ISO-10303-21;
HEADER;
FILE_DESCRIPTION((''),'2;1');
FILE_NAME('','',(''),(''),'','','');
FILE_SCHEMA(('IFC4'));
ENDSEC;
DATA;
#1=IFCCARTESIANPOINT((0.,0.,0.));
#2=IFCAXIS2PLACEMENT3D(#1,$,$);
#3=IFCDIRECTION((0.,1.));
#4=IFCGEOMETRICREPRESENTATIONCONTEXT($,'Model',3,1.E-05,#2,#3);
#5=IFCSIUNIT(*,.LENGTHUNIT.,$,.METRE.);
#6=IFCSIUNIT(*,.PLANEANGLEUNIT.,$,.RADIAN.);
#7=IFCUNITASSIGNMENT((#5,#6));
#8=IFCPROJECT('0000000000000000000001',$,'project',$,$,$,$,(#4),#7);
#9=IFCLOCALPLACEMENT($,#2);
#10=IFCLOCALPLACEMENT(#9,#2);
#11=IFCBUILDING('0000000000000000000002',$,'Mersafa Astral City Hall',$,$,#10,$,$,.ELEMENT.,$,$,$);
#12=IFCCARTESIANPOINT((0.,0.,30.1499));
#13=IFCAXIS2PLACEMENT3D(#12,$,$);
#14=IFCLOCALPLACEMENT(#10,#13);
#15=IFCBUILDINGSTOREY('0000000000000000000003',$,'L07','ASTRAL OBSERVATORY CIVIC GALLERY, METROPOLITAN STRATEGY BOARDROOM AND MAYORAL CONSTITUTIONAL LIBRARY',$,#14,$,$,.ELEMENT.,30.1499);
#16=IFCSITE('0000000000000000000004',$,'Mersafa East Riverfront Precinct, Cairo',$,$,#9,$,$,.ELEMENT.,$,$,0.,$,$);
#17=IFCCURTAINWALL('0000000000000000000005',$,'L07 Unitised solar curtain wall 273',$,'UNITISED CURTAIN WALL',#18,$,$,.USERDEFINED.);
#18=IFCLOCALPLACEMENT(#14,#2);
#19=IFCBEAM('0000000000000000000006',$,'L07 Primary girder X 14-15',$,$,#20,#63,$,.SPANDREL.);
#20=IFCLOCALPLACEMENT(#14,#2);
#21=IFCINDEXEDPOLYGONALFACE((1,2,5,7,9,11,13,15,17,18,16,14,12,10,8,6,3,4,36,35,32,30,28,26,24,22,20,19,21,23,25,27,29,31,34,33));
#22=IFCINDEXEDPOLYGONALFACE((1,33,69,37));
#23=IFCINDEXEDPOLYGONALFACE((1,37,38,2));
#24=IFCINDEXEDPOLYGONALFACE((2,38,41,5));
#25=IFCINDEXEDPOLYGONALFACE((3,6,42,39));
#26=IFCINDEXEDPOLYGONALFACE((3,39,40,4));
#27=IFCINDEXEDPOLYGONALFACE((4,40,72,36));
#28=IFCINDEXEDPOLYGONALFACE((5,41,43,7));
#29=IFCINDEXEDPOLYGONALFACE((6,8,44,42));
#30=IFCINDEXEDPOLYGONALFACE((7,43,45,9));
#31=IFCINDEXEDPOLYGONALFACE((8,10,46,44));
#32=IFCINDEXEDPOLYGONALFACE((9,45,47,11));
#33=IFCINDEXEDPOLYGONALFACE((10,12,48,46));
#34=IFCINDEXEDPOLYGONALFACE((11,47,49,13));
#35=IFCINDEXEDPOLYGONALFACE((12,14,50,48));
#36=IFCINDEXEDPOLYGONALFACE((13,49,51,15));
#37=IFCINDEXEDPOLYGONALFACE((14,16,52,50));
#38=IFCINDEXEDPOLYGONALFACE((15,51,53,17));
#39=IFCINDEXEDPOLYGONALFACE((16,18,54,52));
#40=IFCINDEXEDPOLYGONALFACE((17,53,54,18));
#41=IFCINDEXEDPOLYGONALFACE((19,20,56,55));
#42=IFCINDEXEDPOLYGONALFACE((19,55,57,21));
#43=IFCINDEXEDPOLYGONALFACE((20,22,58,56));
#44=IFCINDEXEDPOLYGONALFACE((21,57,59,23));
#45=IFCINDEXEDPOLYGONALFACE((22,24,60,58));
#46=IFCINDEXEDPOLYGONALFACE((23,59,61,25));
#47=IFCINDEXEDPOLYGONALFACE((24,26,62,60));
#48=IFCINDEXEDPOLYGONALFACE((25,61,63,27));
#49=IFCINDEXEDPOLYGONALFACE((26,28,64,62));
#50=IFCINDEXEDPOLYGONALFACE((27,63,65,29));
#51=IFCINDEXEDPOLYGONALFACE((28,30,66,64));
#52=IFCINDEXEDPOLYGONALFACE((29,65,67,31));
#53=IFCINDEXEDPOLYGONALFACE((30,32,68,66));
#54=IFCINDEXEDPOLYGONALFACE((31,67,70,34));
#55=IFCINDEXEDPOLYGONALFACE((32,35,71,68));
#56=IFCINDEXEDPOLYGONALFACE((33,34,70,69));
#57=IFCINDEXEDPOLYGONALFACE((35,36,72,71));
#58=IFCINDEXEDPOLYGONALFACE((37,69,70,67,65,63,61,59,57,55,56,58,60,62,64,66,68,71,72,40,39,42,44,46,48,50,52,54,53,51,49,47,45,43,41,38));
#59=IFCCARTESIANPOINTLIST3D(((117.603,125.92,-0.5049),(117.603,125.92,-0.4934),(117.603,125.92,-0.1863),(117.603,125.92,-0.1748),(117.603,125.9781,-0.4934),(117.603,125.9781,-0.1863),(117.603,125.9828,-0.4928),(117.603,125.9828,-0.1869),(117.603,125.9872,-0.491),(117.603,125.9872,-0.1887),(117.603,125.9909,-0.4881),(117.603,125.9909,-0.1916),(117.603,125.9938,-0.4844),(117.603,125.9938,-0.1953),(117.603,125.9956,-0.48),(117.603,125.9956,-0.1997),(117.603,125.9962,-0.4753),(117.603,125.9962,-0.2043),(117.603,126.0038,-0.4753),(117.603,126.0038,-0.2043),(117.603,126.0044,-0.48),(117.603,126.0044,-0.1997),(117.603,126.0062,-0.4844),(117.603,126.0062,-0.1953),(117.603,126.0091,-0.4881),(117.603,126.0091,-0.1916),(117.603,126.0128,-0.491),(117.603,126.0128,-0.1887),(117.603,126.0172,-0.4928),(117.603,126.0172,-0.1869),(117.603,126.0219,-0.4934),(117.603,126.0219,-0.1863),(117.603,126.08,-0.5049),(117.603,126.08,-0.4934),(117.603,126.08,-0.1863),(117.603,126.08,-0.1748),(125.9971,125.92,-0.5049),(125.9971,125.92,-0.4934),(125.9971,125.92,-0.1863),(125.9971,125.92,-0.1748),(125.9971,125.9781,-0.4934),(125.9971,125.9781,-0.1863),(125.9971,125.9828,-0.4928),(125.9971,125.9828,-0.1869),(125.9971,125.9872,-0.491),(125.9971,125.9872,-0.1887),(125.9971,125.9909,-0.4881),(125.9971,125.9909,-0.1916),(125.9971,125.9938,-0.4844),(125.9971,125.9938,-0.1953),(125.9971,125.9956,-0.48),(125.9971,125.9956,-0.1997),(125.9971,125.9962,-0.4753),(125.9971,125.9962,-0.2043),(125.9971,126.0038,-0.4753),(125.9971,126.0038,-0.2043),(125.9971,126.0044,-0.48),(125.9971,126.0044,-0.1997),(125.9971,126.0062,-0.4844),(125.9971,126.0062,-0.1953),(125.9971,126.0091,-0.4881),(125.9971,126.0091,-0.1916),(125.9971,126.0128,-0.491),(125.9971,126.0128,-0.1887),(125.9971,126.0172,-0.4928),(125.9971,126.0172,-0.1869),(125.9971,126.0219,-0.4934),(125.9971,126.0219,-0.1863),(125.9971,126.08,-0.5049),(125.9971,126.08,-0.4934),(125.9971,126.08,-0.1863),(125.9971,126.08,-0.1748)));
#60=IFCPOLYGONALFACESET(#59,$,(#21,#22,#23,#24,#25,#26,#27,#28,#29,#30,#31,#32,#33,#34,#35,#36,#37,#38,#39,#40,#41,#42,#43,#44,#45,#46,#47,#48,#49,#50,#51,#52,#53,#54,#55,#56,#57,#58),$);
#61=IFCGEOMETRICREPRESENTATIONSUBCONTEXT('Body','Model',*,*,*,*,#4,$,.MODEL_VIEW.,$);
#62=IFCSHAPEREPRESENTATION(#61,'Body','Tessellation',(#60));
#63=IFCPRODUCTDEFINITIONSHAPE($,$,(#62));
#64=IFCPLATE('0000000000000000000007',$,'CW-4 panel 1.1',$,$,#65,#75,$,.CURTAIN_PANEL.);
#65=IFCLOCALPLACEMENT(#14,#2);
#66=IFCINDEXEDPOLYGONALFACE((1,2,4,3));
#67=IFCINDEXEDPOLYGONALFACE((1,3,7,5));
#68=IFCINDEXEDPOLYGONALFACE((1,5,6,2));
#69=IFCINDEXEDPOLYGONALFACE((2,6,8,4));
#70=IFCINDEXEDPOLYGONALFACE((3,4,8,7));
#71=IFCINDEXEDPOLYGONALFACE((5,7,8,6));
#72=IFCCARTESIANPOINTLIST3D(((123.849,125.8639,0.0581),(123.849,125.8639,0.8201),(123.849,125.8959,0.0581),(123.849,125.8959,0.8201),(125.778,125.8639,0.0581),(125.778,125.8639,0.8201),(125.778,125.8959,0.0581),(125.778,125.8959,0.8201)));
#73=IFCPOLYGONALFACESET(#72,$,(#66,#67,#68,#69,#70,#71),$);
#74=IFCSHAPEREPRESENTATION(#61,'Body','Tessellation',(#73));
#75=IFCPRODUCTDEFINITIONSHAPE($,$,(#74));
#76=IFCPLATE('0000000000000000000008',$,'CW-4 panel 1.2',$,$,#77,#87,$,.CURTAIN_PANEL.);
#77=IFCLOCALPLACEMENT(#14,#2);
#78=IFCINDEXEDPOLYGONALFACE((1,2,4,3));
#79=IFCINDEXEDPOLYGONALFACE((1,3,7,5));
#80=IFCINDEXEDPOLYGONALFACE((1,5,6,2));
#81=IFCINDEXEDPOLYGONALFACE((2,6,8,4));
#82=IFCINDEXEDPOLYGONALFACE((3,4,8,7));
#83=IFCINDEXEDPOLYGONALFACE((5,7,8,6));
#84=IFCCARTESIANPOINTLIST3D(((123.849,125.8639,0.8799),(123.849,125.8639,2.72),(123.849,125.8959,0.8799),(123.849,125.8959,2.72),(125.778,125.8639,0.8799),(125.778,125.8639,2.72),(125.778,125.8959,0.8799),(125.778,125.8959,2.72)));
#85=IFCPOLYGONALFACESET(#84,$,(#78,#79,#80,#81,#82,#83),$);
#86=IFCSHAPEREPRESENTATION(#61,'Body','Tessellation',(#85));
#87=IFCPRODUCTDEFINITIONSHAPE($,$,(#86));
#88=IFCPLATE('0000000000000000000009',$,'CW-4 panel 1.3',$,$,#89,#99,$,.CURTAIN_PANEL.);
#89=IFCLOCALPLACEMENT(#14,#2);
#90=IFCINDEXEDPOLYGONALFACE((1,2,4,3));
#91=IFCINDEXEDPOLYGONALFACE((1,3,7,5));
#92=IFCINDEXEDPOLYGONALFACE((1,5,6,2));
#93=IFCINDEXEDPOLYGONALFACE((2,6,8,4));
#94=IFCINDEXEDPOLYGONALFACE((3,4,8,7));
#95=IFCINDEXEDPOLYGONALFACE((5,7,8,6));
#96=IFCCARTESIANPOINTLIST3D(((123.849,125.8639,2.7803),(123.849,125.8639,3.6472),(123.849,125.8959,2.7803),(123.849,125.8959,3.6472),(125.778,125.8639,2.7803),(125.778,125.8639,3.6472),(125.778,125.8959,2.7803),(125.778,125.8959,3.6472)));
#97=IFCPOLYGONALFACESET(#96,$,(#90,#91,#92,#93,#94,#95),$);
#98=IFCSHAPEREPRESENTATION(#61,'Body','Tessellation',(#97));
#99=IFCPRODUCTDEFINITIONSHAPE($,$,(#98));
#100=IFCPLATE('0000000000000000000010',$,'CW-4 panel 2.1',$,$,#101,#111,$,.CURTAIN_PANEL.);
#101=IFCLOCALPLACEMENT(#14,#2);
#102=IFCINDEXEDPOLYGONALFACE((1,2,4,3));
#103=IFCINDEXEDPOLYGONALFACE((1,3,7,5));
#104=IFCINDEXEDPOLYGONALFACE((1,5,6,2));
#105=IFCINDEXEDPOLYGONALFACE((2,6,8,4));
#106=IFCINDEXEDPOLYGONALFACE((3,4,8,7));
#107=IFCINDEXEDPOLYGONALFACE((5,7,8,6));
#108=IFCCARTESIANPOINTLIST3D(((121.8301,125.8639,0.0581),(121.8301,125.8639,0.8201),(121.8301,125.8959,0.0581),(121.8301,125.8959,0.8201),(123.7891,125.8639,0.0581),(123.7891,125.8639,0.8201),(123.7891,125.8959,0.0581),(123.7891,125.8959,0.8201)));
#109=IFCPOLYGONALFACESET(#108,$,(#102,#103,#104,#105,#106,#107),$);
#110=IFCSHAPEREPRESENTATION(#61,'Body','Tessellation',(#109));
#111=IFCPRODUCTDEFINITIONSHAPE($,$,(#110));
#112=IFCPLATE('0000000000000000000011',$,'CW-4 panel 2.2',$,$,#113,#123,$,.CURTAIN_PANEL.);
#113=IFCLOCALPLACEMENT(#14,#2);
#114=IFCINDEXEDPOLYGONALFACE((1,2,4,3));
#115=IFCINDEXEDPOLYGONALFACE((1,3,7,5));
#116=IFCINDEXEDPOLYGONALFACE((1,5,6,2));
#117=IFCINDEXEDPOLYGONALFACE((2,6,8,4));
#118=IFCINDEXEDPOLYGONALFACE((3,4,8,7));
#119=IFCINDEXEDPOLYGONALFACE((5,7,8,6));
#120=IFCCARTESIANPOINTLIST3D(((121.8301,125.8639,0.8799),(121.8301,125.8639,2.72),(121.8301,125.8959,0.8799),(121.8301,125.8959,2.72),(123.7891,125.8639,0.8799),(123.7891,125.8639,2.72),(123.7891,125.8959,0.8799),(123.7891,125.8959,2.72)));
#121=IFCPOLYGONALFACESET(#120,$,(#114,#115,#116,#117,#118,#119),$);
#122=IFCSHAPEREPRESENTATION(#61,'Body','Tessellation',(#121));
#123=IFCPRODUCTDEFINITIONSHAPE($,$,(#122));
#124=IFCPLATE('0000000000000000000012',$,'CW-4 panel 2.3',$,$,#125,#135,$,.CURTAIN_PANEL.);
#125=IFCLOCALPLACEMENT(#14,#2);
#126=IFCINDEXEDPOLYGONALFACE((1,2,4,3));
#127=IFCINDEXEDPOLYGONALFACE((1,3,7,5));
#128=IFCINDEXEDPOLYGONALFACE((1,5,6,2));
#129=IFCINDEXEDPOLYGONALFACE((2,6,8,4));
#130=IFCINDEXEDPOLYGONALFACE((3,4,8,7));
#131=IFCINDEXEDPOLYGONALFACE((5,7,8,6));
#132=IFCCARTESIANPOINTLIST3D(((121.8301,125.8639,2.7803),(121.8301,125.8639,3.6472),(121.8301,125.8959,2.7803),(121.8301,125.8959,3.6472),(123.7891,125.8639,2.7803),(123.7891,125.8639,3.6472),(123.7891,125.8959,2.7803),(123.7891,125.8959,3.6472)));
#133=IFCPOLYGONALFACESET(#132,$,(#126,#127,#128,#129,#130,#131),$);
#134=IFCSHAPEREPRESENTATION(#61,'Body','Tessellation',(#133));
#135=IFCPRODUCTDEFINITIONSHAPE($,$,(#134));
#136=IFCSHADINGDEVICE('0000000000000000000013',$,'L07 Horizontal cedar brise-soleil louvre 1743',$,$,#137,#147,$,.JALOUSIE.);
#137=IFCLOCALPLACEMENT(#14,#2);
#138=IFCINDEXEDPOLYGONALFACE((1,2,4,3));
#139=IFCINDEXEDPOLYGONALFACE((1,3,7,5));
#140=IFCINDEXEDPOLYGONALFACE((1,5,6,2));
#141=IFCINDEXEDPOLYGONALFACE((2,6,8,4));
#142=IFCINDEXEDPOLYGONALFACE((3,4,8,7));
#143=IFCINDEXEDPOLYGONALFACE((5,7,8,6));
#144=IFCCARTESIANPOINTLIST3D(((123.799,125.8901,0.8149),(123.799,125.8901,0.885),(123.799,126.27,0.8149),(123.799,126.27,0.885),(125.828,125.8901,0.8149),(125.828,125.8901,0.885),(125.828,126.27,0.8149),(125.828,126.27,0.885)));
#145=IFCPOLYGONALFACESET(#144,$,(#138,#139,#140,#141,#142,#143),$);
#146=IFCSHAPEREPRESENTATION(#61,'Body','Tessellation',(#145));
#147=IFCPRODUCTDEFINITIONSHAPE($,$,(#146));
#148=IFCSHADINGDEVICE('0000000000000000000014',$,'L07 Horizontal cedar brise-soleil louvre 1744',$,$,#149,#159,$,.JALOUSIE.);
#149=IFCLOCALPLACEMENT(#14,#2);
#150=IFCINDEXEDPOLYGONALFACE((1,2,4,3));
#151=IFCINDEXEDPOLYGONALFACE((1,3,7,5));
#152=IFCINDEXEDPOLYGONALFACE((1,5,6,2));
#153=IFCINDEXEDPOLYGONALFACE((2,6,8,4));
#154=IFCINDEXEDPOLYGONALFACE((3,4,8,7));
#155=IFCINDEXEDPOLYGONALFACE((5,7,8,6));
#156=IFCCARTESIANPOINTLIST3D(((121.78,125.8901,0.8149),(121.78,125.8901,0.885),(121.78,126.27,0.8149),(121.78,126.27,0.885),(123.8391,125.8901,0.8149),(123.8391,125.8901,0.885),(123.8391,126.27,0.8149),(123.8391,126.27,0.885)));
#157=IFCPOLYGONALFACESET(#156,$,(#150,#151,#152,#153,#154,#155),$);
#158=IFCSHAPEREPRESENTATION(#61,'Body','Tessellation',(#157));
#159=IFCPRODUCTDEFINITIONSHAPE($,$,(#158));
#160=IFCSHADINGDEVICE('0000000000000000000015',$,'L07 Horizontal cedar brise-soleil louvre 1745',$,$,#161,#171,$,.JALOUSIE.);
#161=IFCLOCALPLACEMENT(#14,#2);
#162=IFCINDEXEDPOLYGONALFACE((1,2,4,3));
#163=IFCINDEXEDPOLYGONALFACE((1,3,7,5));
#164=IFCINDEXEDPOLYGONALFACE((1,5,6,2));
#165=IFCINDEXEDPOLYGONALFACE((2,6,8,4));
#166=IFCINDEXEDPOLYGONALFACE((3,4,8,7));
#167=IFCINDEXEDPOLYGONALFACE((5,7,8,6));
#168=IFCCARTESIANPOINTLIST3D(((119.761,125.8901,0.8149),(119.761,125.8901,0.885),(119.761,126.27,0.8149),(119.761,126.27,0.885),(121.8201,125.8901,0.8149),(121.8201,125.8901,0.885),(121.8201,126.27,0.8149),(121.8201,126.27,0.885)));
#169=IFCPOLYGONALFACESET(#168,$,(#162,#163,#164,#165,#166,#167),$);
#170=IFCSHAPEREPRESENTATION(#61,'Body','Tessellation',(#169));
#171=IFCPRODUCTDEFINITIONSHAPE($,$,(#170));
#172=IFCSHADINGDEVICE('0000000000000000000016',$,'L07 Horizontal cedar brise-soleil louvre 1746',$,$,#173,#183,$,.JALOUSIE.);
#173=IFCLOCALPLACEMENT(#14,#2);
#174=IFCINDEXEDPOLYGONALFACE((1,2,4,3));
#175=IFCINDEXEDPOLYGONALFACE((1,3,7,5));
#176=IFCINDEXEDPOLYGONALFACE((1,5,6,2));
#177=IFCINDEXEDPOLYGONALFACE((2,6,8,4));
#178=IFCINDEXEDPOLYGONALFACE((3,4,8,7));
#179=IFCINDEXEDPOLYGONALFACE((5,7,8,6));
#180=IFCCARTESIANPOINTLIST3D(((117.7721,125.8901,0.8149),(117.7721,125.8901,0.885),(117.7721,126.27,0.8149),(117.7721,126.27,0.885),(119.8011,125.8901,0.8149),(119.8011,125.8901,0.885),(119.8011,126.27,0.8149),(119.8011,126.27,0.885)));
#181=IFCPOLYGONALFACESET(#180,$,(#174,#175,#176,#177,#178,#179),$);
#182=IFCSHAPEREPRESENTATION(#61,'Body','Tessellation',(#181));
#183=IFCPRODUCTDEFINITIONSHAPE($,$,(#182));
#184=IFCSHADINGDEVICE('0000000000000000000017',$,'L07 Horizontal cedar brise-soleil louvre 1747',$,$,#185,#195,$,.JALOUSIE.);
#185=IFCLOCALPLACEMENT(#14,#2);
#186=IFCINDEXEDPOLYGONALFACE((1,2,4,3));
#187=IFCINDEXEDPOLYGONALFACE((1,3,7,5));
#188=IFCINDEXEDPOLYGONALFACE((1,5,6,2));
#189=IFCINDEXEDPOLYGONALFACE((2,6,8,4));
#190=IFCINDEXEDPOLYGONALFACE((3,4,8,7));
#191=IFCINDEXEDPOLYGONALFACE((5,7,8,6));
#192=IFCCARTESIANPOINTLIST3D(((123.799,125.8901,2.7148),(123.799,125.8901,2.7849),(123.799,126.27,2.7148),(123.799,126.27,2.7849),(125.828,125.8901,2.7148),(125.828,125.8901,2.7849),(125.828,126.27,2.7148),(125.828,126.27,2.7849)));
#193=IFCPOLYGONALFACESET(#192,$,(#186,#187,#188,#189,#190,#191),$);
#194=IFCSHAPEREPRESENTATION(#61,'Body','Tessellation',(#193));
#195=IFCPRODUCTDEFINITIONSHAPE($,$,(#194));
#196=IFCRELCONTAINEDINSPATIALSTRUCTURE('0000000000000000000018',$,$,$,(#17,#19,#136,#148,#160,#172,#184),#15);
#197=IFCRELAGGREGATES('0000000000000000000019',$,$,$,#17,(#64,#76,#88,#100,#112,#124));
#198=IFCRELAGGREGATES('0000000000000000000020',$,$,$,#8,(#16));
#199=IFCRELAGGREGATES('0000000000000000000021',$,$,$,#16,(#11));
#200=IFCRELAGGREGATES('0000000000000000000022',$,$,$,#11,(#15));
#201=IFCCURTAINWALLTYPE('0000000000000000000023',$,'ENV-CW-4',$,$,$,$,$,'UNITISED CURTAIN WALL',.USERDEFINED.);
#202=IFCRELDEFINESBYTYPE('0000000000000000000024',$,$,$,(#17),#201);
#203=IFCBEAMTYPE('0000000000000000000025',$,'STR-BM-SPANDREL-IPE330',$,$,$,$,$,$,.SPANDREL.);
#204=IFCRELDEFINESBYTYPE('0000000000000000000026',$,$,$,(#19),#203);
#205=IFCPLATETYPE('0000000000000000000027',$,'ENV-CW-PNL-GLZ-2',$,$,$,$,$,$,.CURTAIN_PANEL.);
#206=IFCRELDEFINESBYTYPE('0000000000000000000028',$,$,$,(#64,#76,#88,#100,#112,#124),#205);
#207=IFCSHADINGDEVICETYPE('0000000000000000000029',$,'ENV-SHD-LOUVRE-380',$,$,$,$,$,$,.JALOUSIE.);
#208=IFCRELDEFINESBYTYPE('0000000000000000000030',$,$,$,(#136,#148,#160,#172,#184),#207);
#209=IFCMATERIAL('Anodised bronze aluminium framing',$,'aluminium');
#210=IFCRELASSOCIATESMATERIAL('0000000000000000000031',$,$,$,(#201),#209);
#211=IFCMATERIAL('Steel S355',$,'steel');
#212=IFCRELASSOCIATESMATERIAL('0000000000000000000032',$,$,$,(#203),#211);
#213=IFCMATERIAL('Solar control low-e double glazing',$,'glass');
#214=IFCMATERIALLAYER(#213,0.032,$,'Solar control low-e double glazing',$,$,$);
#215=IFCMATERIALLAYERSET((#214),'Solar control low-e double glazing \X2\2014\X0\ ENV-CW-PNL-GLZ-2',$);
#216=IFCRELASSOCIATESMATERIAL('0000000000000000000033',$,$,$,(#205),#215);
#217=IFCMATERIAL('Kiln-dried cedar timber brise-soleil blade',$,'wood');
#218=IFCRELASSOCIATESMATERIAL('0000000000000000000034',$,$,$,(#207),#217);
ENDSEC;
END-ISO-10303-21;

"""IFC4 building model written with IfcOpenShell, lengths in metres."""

from ifc_helpers import new_model, si_unit, direction, frame, origin, origin_2d, place, context, subcontext, project, spatial, rectangle, i_section, extrude, material, layer, layer_set, material_profile, profile_set, type_object, element, aggregate, save


model = new_model("IFC4")

# Units and contexts
model_context = context("Model", 3, precision=1e-05, world=origin(), true_north=direction((0.0, 1.0)))
body_context = subcontext(model_context, "Body", "Model", "MODEL_VIEW")
ifc_project = project(units=[si_unit("LENGTHUNIT", "METRE"), si_unit("PLANEANGLEUNIT", "RADIAN")], contexts=[model_context])

# Site, building, storey
site_placement = place(None, origin())
site = spatial("IfcSite", under=ifc_project, at=site_placement, Name="Mersafa East Riverfront Precinct, Cairo", CompositionType="ELEMENT", RefElevation=0.0)
building_placement = place(site_placement, origin())
building = spatial("IfcBuilding", under=site, at=building_placement, Name="Mersafa Astral City Hall", CompositionType="ELEMENT")
storey_placement = place(building_placement, frame((0.0, 0.0, 30.1499)))
storey = spatial("IfcBuildingStorey", under=building, at=storey_placement, Name="L07", Description="ASTRAL OBSERVATORY CIVIC GALLERY, METROPOLITAN STRATEGY BOARDROOM AND MAYORAL CONSTITUTIONAL LIBRARY", CompositionType="ELEMENT", Elevation=30.1499)

# Curtain wall
ifc_material_1 = material(Name="Anodised bronze aluminium framing", Category="aluminium")
curtain_wall_type = type_object("IfcCurtainWallType", Name="ENV-CW-4", ElementType="UNITISED CURTAIN WALL", PredefinedType="USERDEFINED", material=ifc_material_1)
curtain_wall_placement = place(storey_placement, origin())
curtain_wall = element("IfcCurtainWall", 1, at=curtain_wall_placement, inside=storey, type_object=curtain_wall_type, Name="L07 Unitised solar curtain wall 273", ObjectType="UNITISED CURTAIN WALL", PredefinedType="USERDEFINED")

# Beam
ifc_material_2 = material(Name="Steel S355", Category="steel")
ifc_material_profile_1 = material_profile(ifc_material_2, i_section(OverallWidth=0.1599, OverallDepth=0.3301, WebThickness=0.0076, FlangeThickness=0.0115, FilletRadius=0.0181, at=origin_2d()), Name="IPE 330")
ifc_profile_set_1 = profile_set([ifc_material_profile_1], Name="Steel S355")
beam_type = type_object("IfcBeamType", Name="STR-BM-SPANDREL-IPE330", PredefinedType="SPANDREL", material=ifc_profile_set_1)
beam_placement = place(storey_placement, frame((117.603, 126.0, -0.3398), z_axis=(1.0, 0.0, 0.0), x_axis=(0.0, 1.0, 0.0)))
element("IfcBeam", 2, at=beam_placement, inside=storey, type_object=beam_type, Name="L07 Primary girder X 14-15", PredefinedType="SPANDREL", context=body_context, shape_type="SweptSolid", body=[
    extrude(i_section(OverallWidth=0.1599, OverallDepth=0.3301, WebThickness=0.0076, FlangeThickness=0.0115, FilletRadius=0.0181, at=origin_2d()), origin(), (0.0, 0.0, 1.0), 8.394),
])

# Plates
ifc_material_3 = material(Name="Solar control low-e double glazing", Category="glass")
ifc_layer = layer(ifc_material_3, 0.032, Name="Solar control low-e double glazing")
ifc_layer_set = layer_set([ifc_layer], Name="Solar control low-e double glazing — ENV-CW-PNL-GLZ-2")
plate_type = type_object("IfcPlateType", Name="ENV-CW-PNL-GLZ-2", PredefinedType="CURTAIN_PANEL", material=ifc_layer_set)
plate_1_placement = place(storey_placement, frame((124.8135, 125.8799, 0.0581), z_axis=(0.0, 0.0, 1.0), x_axis=(-1.0, 0.0, 0.0)))
plate_1 = element("IfcPlate", 3, at=plate_1_placement, type_object=plate_type, Name="CW-4 panel 1.1", PredefinedType="CURTAIN_PANEL", context=body_context, shape_type="SweptSolid", body=[
    extrude(rectangle(XDim=1.929, YDim=0.032, at=origin_2d()), origin(), (0.0, 0.0, 1.0), 0.762),
])
plate_2_placement = place(storey_placement, frame((124.8135, 125.8799, 0.8799), z_axis=(0.0, 0.0, 1.0), x_axis=(-1.0, 0.0, 0.0)))
plate_2 = element("IfcPlate", 4, at=plate_2_placement, type_object=plate_type, Name="CW-4 panel 1.2", PredefinedType="CURTAIN_PANEL", context=body_context, shape_type="SweptSolid", body=[
    extrude(rectangle(XDim=1.929, YDim=0.032, at=origin_2d()), origin(), (0.0, 0.0, 1.0), 1.8401),
])
plate_3_placement = place(storey_placement, frame((124.8135, 125.8799, 2.7803), z_axis=(0.0, 0.0, 1.0), x_axis=(-1.0, 0.0, 0.0)))
plate_3 = element("IfcPlate", 5, at=plate_3_placement, type_object=plate_type, Name="CW-4 panel 1.3", PredefinedType="CURTAIN_PANEL", context=body_context, shape_type="SweptSolid", body=[
    extrude(rectangle(XDim=1.929, YDim=0.032, at=origin_2d()), origin(), (0.0, 0.0, 1.0), 0.8669),
])
plate_4_placement = place(storey_placement, frame((122.8096, 125.8799, 0.0581), z_axis=(0.0, 0.0, 1.0), x_axis=(-1.0, 0.0, 0.0)))
plate_4 = element("IfcPlate", 6, at=plate_4_placement, type_object=plate_type, Name="CW-4 panel 2.1", PredefinedType="CURTAIN_PANEL", context=body_context, shape_type="SweptSolid", body=[
    extrude(rectangle(XDim=1.959, YDim=0.032, at=origin_2d()), origin(), (0.0, 0.0, 1.0), 0.762),
])
plate_5_placement = place(storey_placement, frame((122.8096, 125.8799, 0.8799), z_axis=(0.0, 0.0, 1.0), x_axis=(-1.0, 0.0, 0.0)))
plate_5 = element("IfcPlate", 7, at=plate_5_placement, type_object=plate_type, Name="CW-4 panel 2.2", PredefinedType="CURTAIN_PANEL", context=body_context, shape_type="SweptSolid", body=[
    extrude(rectangle(XDim=1.959, YDim=0.032, at=origin_2d()), origin(), (0.0, 0.0, 1.0), 1.8401),
])
plate_6_placement = place(storey_placement, frame((122.8096, 125.8799, 2.7803), z_axis=(0.0, 0.0, 1.0), x_axis=(-1.0, 0.0, 0.0)))
plate_6 = element("IfcPlate", 8, at=plate_6_placement, type_object=plate_type, Name="CW-4 panel 2.3", PredefinedType="CURTAIN_PANEL", context=body_context, shape_type="SweptSolid", body=[
    extrude(rectangle(XDim=1.959, YDim=0.032, at=origin_2d()), origin(), (0.0, 0.0, 1.0), 0.8669),
])
aggregate(curtain_wall, [plate_1, plate_2, plate_3, plate_4, plate_5, plate_6])

# Shading devices
ifc_material_4 = material(Name="Kiln-dried cedar timber brise-soleil blade", Category="wood")
shading_device_type = type_object("IfcShadingDeviceType", Name="ENV-SHD-LOUVRE-380", PredefinedType="JALOUSIE", material=ifc_material_4)
shading_device_1_placement = place(storey_placement, frame((124.8135, 126.0801, 0.8149), z_axis=(0.0, 0.0, 1.0), x_axis=(-1.0, 0.0, 0.0)))
element("IfcShadingDevice", 9, at=shading_device_1_placement, inside=storey, type_object=shading_device_type, Name="L07 Horizontal cedar brise-soleil louvre 1743", PredefinedType="JALOUSIE", context=body_context, shape_type="SweptSolid", body=[
    extrude(rectangle(XDim=2.0291, YDim=0.3799, at=origin_2d()), origin(), (0.0, 0.0, 1.0), 0.0701),
])
for number, where, z_axis, x_axis, name in (
    (10, (122.8096, 126.0801, 0.8149), (0.0, 0.0, 1.0), (-1.0, 0.0, 0.0), "L07 Horizontal cedar brise-soleil louvre 1744"),
    (11, (120.7905, 126.0801, 0.8149), (0.0, 0.0, 1.0), (-1.0, 0.0, 0.0), "L07 Horizontal cedar brise-soleil louvre 1745"),
):
    element("IfcShadingDevice", number, at=place(storey_placement, frame(where, z_axis=z_axis, x_axis=x_axis)), inside=storey, type_object=shading_device_type, Name=name, PredefinedType="JALOUSIE", context=body_context, shape_type="SweptSolid", body=[
        extrude(rectangle(XDim=2.0591, YDim=0.3799, at=origin_2d()), origin(), (0.0, 0.0, 1.0), 0.0701),
    ])
for number, where, z_axis, x_axis, name in (
    (12, (118.7866, 126.0801, 0.8149), (0.0, 0.0, 1.0), (-1.0, 0.0, 0.0), "L07 Horizontal cedar brise-soleil louvre 1746"),
    (13, (124.8135, 126.0801, 2.7148), (0.0, 0.0, 1.0), (-1.0, 0.0, 0.0), "L07 Horizontal cedar brise-soleil louvre 1747"),
):
    element("IfcShadingDevice", number, at=place(storey_placement, frame(where, z_axis=z_axis, x_axis=x_axis)), inside=storey, type_object=shading_device_type, Name=name, PredefinedType="JALOUSIE", context=body_context, shape_type="SweptSolid", body=[
        extrude(rectangle(XDim=2.0291, YDim=0.3799, at=origin_2d()), origin(), (0.0, 0.0, 1.0), 0.0701),
    ])

save(model, "model.ifc")
